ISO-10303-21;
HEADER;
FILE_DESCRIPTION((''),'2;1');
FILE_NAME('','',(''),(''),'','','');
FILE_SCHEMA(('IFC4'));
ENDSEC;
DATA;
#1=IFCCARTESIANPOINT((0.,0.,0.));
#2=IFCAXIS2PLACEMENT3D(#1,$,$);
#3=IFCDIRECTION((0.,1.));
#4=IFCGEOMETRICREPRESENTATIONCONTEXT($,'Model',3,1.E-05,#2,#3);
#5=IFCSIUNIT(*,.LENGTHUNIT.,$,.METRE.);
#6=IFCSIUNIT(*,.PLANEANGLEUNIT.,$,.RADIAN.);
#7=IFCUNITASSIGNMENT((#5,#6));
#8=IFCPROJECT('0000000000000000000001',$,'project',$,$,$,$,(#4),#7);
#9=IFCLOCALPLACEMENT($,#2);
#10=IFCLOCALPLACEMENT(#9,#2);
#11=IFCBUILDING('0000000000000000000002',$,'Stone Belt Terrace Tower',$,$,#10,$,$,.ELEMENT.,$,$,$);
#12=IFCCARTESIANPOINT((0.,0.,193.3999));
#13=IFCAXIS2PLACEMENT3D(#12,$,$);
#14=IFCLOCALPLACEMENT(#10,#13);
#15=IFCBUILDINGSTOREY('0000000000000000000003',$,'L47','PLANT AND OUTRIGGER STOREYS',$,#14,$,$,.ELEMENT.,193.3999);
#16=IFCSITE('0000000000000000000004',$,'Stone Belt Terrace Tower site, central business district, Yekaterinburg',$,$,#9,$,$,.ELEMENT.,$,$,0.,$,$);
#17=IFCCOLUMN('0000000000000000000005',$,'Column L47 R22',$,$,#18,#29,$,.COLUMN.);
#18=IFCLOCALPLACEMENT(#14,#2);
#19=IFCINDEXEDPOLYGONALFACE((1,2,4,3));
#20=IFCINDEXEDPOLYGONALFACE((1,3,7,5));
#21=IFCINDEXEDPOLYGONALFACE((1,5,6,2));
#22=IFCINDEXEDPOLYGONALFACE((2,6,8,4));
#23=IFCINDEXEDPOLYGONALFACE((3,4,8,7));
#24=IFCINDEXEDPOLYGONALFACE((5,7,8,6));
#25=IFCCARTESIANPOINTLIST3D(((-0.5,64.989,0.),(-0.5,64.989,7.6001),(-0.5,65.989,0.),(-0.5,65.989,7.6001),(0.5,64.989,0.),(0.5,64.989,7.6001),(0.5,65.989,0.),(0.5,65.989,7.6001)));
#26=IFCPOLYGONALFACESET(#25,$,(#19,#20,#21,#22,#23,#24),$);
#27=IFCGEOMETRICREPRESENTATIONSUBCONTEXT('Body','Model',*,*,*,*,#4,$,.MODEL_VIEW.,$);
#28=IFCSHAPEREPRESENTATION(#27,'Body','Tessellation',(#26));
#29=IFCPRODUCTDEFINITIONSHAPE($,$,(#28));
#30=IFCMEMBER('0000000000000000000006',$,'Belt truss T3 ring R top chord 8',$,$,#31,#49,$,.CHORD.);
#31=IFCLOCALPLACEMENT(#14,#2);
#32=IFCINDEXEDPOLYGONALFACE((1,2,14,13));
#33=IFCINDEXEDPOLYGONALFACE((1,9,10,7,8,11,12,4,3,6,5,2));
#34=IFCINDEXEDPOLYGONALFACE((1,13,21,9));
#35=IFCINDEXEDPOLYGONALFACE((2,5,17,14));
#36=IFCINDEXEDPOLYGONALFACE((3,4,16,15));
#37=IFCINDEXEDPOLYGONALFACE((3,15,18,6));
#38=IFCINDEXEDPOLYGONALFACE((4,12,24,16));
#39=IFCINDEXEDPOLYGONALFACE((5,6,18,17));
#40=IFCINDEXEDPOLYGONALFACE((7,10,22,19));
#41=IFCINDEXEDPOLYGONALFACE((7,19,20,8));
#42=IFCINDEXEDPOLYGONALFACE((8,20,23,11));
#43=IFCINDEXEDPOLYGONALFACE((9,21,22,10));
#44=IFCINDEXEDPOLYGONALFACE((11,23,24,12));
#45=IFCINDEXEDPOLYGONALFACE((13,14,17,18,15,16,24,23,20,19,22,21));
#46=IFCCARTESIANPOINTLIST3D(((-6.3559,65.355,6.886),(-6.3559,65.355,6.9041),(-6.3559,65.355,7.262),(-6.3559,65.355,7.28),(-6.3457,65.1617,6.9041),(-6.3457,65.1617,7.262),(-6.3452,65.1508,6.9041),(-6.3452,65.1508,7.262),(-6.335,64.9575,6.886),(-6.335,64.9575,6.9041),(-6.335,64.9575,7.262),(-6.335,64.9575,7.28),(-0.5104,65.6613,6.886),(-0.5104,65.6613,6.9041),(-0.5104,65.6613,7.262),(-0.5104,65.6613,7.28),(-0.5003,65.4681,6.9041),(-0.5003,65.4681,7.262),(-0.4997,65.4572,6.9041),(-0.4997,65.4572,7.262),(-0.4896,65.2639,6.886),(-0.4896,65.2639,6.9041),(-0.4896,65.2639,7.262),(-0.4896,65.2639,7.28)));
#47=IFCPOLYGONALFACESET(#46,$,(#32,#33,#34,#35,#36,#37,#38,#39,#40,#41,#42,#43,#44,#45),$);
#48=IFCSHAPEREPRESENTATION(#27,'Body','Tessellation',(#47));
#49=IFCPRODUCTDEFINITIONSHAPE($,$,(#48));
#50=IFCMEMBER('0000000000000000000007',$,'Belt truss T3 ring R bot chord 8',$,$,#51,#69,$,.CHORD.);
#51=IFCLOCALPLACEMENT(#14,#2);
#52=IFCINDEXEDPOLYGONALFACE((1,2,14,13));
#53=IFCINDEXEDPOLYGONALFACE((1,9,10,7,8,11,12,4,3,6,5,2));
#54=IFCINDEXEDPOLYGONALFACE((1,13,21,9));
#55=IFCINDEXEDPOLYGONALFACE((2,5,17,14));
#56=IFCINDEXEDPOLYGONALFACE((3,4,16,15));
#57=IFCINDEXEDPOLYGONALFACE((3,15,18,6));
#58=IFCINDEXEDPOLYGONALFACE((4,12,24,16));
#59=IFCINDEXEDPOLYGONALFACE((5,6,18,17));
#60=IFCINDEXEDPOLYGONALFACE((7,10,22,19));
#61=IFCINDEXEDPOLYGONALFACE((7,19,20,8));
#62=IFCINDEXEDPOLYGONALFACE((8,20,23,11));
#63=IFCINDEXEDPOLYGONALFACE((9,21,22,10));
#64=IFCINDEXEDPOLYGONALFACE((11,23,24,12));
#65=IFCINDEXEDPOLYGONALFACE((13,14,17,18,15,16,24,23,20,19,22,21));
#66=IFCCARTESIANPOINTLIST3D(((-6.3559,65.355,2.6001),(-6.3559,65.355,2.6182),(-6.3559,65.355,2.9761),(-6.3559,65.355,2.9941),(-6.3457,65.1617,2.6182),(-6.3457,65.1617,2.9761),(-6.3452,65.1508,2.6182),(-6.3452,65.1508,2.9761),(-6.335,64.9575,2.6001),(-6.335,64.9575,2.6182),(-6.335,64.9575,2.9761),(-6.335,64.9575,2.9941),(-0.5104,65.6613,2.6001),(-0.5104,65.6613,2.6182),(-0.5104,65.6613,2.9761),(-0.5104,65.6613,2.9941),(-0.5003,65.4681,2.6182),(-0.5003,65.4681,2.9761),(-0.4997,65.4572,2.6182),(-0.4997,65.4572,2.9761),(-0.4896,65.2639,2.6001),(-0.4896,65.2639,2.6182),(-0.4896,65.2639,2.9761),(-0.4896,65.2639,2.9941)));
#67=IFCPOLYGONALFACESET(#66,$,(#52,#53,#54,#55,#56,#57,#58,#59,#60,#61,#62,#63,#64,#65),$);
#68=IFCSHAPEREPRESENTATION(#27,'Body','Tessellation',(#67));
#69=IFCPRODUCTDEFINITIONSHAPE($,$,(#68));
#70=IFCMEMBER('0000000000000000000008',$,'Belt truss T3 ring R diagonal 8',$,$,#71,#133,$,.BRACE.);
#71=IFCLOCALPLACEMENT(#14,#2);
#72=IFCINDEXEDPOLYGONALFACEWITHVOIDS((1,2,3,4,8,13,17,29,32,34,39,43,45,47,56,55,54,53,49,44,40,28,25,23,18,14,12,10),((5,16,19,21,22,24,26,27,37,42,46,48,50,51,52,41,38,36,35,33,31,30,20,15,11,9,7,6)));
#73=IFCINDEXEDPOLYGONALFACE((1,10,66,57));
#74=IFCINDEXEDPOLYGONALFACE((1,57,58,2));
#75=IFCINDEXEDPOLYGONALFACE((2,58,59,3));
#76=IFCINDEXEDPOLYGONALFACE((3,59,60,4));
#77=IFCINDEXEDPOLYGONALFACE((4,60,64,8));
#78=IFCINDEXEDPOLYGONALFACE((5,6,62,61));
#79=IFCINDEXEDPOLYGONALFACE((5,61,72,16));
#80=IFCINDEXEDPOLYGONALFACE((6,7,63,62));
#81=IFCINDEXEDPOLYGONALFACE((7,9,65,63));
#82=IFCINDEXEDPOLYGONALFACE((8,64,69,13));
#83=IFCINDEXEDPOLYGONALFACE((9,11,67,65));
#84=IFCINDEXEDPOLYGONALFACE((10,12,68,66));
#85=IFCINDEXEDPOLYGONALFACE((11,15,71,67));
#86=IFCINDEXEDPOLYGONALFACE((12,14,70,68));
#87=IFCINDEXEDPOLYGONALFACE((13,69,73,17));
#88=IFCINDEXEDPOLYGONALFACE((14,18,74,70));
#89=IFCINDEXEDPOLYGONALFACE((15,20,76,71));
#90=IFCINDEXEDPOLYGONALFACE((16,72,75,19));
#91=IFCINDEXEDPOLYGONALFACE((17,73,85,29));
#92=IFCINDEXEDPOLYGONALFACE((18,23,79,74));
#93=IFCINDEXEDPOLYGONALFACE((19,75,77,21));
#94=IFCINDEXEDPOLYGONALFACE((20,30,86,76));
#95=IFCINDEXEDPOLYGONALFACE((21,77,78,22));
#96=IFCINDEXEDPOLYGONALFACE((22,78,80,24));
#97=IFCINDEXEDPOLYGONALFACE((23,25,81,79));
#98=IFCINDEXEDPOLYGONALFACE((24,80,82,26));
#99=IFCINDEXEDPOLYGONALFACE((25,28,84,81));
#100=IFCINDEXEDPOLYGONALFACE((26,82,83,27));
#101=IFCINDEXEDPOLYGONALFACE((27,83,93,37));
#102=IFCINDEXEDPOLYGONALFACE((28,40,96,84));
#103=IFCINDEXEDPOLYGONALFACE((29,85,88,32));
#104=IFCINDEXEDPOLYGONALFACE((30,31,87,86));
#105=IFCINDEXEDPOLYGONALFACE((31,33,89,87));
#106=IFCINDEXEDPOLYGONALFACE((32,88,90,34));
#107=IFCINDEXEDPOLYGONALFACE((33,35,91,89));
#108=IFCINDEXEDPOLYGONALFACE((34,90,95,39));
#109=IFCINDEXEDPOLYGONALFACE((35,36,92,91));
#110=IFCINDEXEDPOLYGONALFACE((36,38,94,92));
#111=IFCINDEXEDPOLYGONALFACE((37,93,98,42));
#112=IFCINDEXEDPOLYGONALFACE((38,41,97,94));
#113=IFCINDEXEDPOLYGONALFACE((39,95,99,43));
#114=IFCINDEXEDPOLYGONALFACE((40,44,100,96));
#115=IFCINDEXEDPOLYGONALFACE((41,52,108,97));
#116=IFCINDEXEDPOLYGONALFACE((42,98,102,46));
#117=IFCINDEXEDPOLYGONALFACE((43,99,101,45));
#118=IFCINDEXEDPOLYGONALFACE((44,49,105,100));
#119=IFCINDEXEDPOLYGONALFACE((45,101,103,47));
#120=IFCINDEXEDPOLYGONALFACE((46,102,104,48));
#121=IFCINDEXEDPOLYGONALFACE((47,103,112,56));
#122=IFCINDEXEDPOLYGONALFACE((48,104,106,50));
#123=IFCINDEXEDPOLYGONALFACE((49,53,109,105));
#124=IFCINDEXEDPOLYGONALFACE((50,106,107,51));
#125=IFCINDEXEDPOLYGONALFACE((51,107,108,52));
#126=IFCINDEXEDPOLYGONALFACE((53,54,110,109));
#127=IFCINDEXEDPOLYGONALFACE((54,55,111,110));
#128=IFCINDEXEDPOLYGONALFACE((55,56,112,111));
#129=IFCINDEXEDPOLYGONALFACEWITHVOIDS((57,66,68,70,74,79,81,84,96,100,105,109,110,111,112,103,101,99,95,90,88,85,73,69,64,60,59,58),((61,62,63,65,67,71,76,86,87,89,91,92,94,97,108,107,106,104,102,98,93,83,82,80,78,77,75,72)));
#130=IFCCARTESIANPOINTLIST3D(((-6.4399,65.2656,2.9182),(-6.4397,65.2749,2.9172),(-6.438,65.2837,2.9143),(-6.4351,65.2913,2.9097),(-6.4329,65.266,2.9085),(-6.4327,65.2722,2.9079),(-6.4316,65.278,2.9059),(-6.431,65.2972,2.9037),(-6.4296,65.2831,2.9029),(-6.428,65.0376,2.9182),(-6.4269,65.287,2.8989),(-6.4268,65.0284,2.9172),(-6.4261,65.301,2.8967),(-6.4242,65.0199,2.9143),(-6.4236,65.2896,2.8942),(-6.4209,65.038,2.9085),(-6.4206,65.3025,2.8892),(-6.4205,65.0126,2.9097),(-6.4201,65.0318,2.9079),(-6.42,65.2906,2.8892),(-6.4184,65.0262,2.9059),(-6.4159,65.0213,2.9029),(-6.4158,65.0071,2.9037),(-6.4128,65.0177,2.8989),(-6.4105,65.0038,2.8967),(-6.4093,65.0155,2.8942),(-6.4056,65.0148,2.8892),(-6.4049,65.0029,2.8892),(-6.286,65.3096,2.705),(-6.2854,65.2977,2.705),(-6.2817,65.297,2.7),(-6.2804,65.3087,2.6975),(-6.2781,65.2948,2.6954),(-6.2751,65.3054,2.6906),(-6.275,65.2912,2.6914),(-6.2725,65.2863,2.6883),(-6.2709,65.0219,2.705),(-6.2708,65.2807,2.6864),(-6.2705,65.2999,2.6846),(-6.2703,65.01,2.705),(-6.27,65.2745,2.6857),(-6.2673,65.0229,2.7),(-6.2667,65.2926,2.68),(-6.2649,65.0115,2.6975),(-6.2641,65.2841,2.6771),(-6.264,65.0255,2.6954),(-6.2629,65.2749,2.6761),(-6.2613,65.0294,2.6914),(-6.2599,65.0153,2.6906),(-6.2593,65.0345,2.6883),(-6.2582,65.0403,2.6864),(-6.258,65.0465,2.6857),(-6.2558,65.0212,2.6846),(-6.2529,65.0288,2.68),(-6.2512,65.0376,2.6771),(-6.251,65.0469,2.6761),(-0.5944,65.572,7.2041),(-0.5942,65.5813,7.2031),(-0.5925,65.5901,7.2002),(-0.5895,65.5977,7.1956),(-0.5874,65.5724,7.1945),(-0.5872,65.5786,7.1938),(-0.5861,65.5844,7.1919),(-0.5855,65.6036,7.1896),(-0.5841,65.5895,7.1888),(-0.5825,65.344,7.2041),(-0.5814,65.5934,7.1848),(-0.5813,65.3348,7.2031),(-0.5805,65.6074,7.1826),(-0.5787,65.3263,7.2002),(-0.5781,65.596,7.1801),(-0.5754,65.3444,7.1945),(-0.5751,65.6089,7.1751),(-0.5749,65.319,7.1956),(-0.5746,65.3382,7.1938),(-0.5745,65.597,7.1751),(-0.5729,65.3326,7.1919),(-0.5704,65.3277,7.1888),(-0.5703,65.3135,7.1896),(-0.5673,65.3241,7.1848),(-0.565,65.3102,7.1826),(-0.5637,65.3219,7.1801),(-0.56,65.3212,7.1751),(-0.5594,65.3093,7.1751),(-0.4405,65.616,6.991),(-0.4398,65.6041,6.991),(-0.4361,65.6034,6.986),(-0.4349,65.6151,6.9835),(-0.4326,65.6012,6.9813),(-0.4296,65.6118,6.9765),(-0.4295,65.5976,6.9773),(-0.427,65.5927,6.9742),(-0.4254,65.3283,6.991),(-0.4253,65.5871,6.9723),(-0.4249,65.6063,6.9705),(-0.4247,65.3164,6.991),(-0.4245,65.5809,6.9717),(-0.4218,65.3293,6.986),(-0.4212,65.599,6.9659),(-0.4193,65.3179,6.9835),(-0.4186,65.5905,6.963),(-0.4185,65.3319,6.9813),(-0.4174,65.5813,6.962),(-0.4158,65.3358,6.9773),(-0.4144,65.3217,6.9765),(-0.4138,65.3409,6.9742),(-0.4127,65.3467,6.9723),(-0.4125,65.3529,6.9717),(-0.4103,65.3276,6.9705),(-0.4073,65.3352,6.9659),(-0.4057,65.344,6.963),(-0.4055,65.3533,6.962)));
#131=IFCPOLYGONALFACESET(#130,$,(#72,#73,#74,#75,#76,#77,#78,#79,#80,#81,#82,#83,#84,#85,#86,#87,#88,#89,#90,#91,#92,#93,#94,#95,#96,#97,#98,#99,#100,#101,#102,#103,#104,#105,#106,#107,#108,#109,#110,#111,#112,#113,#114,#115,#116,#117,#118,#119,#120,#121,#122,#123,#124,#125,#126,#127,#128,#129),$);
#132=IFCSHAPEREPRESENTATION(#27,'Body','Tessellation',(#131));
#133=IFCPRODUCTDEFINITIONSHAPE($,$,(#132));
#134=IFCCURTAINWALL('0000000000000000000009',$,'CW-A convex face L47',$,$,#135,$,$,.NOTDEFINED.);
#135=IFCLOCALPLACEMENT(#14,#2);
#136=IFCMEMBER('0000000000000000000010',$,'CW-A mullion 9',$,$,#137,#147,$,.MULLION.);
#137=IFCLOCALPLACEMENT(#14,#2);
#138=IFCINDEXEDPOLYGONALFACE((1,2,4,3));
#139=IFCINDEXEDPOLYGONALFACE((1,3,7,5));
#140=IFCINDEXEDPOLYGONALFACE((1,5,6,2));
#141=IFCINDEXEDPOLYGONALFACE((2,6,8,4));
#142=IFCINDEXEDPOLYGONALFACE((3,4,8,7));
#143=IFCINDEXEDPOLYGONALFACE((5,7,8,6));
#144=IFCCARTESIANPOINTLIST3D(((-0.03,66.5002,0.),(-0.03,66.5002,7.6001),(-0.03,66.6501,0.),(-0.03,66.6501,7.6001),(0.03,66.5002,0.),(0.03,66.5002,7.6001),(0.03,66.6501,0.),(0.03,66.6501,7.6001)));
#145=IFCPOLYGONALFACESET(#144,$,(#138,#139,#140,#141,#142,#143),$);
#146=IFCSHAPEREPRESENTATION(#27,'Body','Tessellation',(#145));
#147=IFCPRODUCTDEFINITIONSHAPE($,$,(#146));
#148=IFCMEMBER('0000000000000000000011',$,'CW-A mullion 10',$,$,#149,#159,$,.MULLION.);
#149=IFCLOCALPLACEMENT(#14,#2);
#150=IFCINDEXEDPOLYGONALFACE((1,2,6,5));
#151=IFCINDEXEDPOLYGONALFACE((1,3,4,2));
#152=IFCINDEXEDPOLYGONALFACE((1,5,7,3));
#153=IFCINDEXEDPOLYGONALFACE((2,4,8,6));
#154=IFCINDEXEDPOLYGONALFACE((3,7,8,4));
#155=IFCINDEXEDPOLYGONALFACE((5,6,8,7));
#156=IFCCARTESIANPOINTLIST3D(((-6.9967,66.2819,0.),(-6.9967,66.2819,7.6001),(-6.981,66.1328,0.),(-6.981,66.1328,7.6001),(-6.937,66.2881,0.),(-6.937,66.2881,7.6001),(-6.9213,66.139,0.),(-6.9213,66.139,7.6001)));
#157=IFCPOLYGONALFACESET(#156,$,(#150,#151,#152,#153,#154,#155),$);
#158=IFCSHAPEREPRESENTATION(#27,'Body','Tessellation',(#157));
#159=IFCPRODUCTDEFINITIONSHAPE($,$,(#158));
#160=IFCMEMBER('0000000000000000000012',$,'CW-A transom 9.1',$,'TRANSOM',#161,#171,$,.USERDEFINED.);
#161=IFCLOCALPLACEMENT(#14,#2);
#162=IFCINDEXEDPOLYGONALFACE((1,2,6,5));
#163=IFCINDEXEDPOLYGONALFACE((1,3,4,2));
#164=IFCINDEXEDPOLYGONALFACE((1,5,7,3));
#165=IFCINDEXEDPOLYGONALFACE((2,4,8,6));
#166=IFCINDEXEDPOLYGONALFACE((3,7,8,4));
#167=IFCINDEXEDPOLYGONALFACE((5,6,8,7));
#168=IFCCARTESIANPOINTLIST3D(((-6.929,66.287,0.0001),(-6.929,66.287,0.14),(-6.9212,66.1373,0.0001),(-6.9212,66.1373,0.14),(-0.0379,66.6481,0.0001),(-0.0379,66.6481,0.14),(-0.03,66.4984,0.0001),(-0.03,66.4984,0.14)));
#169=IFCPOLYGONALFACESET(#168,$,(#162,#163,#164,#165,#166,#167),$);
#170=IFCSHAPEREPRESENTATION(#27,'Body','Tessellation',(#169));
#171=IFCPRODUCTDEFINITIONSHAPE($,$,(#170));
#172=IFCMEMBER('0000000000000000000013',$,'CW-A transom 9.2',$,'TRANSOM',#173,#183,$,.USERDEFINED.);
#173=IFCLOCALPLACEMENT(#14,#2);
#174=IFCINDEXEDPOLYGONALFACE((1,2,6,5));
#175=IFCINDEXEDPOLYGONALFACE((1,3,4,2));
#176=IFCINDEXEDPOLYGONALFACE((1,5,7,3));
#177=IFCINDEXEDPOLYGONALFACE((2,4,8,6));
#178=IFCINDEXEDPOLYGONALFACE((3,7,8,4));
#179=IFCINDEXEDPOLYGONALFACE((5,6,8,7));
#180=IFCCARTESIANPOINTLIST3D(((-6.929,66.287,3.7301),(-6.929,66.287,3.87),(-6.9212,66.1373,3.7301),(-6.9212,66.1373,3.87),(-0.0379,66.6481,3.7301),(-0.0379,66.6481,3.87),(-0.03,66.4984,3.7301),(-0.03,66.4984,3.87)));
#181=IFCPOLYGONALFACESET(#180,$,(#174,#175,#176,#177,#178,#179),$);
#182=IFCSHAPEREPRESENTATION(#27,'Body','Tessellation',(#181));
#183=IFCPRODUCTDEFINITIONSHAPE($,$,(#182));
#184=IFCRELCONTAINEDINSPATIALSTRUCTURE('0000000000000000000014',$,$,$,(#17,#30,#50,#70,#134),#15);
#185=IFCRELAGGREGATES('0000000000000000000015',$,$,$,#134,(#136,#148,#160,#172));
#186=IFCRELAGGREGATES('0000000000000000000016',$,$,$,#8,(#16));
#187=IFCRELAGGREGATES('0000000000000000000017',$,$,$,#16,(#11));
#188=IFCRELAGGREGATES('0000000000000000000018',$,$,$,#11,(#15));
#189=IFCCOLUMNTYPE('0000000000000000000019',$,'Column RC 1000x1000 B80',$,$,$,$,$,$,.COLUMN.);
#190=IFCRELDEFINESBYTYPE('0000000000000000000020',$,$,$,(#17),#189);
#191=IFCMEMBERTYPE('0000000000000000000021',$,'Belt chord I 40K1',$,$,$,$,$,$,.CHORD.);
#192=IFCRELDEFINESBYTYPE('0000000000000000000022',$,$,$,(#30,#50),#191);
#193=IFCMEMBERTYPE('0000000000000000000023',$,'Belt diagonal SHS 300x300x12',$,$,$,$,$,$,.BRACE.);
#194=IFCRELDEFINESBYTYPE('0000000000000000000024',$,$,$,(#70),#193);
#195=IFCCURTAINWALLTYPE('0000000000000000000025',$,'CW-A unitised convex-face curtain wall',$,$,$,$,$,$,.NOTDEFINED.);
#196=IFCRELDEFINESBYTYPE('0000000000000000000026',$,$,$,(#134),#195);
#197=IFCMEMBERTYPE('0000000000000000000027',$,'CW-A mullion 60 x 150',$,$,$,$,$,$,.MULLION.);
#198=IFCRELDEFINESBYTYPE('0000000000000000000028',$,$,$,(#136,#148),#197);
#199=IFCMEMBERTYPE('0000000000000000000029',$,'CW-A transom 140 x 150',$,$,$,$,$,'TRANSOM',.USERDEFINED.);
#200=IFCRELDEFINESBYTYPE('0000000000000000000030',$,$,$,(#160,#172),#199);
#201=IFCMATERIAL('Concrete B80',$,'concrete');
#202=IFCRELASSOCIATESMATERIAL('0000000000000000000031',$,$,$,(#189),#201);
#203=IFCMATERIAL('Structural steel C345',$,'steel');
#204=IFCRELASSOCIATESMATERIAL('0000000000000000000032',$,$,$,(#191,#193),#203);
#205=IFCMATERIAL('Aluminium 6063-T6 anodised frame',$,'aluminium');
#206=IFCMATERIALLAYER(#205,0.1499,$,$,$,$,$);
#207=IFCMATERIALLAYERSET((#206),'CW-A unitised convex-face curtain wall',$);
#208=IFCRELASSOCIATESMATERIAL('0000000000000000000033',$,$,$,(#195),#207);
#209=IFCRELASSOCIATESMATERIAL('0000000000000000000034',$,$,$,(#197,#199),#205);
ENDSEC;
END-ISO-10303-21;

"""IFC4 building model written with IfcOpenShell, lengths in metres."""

from ifc_helpers import new_model, si_unit, direction, frame, origin, origin_2d, place, context, subcontext, project, spatial, rectangle, hollow_rectangle, i_section, extrude, material, layer, layer_set, material_profile, profile_set, type_object, element, aggregate, save


model = new_model("IFC4")

# Units and contexts
model_context = context("Model", 3, precision=1e-05, world=origin(), true_north=direction((0.0, 1.0)))
body_context = subcontext(model_context, "Body", "Model", "MODEL_VIEW")
ifc_project = project(units=[si_unit("LENGTHUNIT", "METRE"), si_unit("PLANEANGLEUNIT", "RADIAN")], contexts=[model_context])

# Site, building, storey
site_placement = place(None, origin())
site = spatial("IfcSite", under=ifc_project, at=site_placement, Name="Stone Belt Terrace Tower site, central business district, Yekaterinburg", CompositionType="ELEMENT", RefElevation=0.0)
building_placement = place(site_placement, origin())
building = spatial("IfcBuilding", under=site, at=building_placement, Name="Stone Belt Terrace Tower", CompositionType="ELEMENT")
storey_placement = place(building_placement, frame((0.0, 0.0, 193.3999)))
storey = spatial("IfcBuildingStorey", under=building, at=storey_placement, Name="L47", Description="PLANT AND OUTRIGGER STOREYS", CompositionType="ELEMENT", Elevation=193.3999)

# Column
ifc_material_1 = material(Name="Concrete B80", Category="concrete")
ifc_material_profile_1 = material_profile(ifc_material_1, rectangle(XDim=1.0, YDim=1.0, at=origin_2d()), Name="RC 1000x1000")
ifc_profile_set_1 = profile_set([ifc_material_profile_1], Name="Concrete B80")
column_type = type_object("IfcColumnType", Name="Column RC 1000x1000 B80", PredefinedType="COLUMN", material=ifc_profile_set_1)
column_placement = place(storey_placement, frame((0.0, 65.489, 0.0), z_axis=(0.0, 0.0, 1.0), x_axis=(1.0, 0.0, 0.0)))
element("IfcColumn", 1, at=column_placement, inside=storey, type_object=column_type, Name="Column L47 R22", PredefinedType="COLUMN", context=body_context, shape_type="SweptSolid", body=[
    extrude(rectangle(XDim=1.0, YDim=1.0, at=origin_2d()), origin(), (0.0, 0.0, 1.0), 7.6001),
])

# Members
ifc_material_2 = material(Name="Structural steel C345", Category="steel")
ifc_material_profile_2 = material_profile(ifc_material_2, i_section(OverallWidth=0.3979, OverallDepth=0.394, WebThickness=0.011, FlangeThickness=0.0181, at=origin_2d()), Name="I 40K1")
ifc_profile_set_2 = profile_set([ifc_material_profile_2], Name="Structural steel C345")
member_type_1 = type_object("IfcMemberType", Name="Belt chord I 40K1", PredefinedType="CHORD", material=ifc_profile_set_2)
for number, where, z_axis, x_axis, name in (
    (2, (-6.3455, 65.1562, 7.083), (0.998629, 0.052344, 0.0), (-0.052344, 0.998629, 0.0), "Belt truss T3 ring R top chord 8"),
    (3, (-6.3455, 65.1562, 2.7971), (0.998629, 0.052344, 0.0), (-0.052344, 0.998629, 0.0), "Belt truss T3 ring R bot chord 8"),
):
    element("IfcMember", number, at=place(storey_placement, frame(where, z_axis=z_axis, x_axis=x_axis)), inside=storey, type_object=member_type_1, Name=name, PredefinedType="CHORD", context=body_context, shape_type="SweptSolid", body=[
        extrude(i_section(OverallWidth=0.3979, OverallDepth=0.394, WebThickness=0.011, FlangeThickness=0.0181, at=origin_2d()), origin(), (0.0, 0.0, 1.0), 5.8535),
    ])
ifc_material_profile_3 = material_profile(ifc_material_2, hollow_rectangle(XDim=0.3, YDim=0.3, WallThickness=0.012, InnerFilletRadius=0.0239, OuterFilletRadius=0.0359, at=origin_2d()), Name="SHS 300x300x12")
ifc_profile_set_3 = profile_set([ifc_material_profile_3], Name="Structural steel C345")
member_type_2 = type_object("IfcMemberType", Name="Belt diagonal SHS 300x300x12", PredefinedType="BRACE", material=ifc_profile_set_3)
member_1_placement = place(storey_placement, frame((-6.3455, 65.1562, 2.7971), z_axis=(0.805737, 0.042234, 0.590766), x_axis=(-0.052344, 0.998629, 0.0)))
element("IfcMember", 4, at=member_1_placement, inside=storey, type_object=member_type_2, Name="Belt truss T3 ring R diagonal 8", PredefinedType="BRACE", context=body_context, shape_type="SweptSolid", body=[
    extrude(hollow_rectangle(XDim=0.3, YDim=0.3, WallThickness=0.012, InnerFilletRadius=0.0239, OuterFilletRadius=0.0359, at=origin_2d()), origin(), (0.0, 0.0, 1.0), 7.2549),
])

# Curtain wall, members
ifc_material_3 = material(Name="Aluminium 6063-T6 anodised frame", Category="aluminium")
ifc_layer_1 = layer(ifc_material_3, 0.1499)
ifc_layer_set_1 = layer_set([ifc_layer_1], Name="CW-A unitised convex-face curtain wall")
curtain_wall_type = type_object("IfcCurtainWallType", Name="CW-A unitised convex-face curtain wall", PredefinedType="NOTDEFINED", material=ifc_layer_set_1)
curtain_wall_placement = place(storey_placement, origin())
curtain_wall = element("IfcCurtainWall", 5, at=curtain_wall_placement, inside=storey, type_object=curtain_wall_type, Name="CW-A convex face L47", PredefinedType="NOTDEFINED")
ifc_material_profile_4 = material_profile(ifc_material_3, rectangle(XDim=0.1499, YDim=0.0601, at=origin_2d()), Name="Aluminium 6063-T6 60x150")
ifc_profile_set_4 = profile_set([ifc_material_profile_4], Name="Aluminium 6063-T6 anodised frame")
member_type_3 = type_object("IfcMemberType", Name="CW-A mullion 60 x 150", PredefinedType="MULLION", material=ifc_profile_set_4)
member_2_placement = place(storey_placement, frame((0.0, 66.5752, 0.0), z_axis=(0.0, 0.0, 1.0), x_axis=(0.0, -1.0, 0.0)))
member_2 = element("IfcMember", 6, at=member_2_placement, type_object=member_type_3, Name="CW-A mullion 9", PredefinedType="MULLION", context=body_context, shape_type="SweptSolid", body=[
    extrude(rectangle(XDim=0.1499, YDim=0.0601, at=origin_2d()), origin(), (0.0, 0.0, 1.0), 7.6001),
])
member_3_placement = place(storey_placement, frame((-6.959, 66.2104, 0.0), z_axis=(0.0, 0.0, 1.0), x_axis=(0.104528, -0.994522, 0.0)))
member_3 = element("IfcMember", 7, at=member_3_placement, type_object=member_type_3, Name="CW-A mullion 10", PredefinedType="MULLION", context=body_context, shape_type="SweptSolid", body=[
    extrude(rectangle(XDim=0.1499, YDim=0.0601, at=origin_2d()), origin(), (0.0, 0.0, 1.0), 7.6001),
])
ifc_material_profile_5 = material_profile(ifc_material_3, rectangle(XDim=0.1499, YDim=0.1399, at=origin_2d()), Name="Aluminium 6063-T6 150x140")
ifc_profile_set_5 = profile_set([ifc_material_profile_5], Name="Aluminium 6063-T6 anodised frame")
member_type_4 = type_object("IfcMemberType", Name="CW-A transom 140 x 150", ElementType="TRANSOM", PredefinedType="USERDEFINED", material=ifc_profile_set_5)
member_4_placement = place(storey_placement, frame((-0.0339, 66.5732, 0.0701), z_axis=(-0.99863, -0.052327, 0.0), x_axis=(0.052327, -0.99863, 0.0)))
member_4 = element("IfcMember", 8, at=member_4_placement, type_object=member_type_4, Name="CW-A transom 9.1", ObjectType="TRANSOM", PredefinedType="USERDEFINED", context=body_context, shape_type="SweptSolid", body=[
    extrude(rectangle(XDim=0.1499, YDim=0.1399, at=origin_2d()), origin(), (0.0, 0.0, 1.0), 6.9006),
])
member_5_placement = place(storey_placement, frame((-0.0339, 66.5732, 3.8), z_axis=(-0.99863, -0.052327, 0.0), x_axis=(0.052327, -0.99863, 0.0)))
member_5 = element("IfcMember", 9, at=member_5_placement, type_object=member_type_4, Name="CW-A transom 9.2", ObjectType="TRANSOM", PredefinedType="USERDEFINED", context=body_context, shape_type="SweptSolid", body=[
    extrude(rectangle(XDim=0.1499, YDim=0.1399, at=origin_2d()), origin(), (0.0, 0.0, 1.0), 6.9006),
])

aggregate(curtain_wall, [member_2, member_3, member_4, member_5])

save(model, "model.ifc")
